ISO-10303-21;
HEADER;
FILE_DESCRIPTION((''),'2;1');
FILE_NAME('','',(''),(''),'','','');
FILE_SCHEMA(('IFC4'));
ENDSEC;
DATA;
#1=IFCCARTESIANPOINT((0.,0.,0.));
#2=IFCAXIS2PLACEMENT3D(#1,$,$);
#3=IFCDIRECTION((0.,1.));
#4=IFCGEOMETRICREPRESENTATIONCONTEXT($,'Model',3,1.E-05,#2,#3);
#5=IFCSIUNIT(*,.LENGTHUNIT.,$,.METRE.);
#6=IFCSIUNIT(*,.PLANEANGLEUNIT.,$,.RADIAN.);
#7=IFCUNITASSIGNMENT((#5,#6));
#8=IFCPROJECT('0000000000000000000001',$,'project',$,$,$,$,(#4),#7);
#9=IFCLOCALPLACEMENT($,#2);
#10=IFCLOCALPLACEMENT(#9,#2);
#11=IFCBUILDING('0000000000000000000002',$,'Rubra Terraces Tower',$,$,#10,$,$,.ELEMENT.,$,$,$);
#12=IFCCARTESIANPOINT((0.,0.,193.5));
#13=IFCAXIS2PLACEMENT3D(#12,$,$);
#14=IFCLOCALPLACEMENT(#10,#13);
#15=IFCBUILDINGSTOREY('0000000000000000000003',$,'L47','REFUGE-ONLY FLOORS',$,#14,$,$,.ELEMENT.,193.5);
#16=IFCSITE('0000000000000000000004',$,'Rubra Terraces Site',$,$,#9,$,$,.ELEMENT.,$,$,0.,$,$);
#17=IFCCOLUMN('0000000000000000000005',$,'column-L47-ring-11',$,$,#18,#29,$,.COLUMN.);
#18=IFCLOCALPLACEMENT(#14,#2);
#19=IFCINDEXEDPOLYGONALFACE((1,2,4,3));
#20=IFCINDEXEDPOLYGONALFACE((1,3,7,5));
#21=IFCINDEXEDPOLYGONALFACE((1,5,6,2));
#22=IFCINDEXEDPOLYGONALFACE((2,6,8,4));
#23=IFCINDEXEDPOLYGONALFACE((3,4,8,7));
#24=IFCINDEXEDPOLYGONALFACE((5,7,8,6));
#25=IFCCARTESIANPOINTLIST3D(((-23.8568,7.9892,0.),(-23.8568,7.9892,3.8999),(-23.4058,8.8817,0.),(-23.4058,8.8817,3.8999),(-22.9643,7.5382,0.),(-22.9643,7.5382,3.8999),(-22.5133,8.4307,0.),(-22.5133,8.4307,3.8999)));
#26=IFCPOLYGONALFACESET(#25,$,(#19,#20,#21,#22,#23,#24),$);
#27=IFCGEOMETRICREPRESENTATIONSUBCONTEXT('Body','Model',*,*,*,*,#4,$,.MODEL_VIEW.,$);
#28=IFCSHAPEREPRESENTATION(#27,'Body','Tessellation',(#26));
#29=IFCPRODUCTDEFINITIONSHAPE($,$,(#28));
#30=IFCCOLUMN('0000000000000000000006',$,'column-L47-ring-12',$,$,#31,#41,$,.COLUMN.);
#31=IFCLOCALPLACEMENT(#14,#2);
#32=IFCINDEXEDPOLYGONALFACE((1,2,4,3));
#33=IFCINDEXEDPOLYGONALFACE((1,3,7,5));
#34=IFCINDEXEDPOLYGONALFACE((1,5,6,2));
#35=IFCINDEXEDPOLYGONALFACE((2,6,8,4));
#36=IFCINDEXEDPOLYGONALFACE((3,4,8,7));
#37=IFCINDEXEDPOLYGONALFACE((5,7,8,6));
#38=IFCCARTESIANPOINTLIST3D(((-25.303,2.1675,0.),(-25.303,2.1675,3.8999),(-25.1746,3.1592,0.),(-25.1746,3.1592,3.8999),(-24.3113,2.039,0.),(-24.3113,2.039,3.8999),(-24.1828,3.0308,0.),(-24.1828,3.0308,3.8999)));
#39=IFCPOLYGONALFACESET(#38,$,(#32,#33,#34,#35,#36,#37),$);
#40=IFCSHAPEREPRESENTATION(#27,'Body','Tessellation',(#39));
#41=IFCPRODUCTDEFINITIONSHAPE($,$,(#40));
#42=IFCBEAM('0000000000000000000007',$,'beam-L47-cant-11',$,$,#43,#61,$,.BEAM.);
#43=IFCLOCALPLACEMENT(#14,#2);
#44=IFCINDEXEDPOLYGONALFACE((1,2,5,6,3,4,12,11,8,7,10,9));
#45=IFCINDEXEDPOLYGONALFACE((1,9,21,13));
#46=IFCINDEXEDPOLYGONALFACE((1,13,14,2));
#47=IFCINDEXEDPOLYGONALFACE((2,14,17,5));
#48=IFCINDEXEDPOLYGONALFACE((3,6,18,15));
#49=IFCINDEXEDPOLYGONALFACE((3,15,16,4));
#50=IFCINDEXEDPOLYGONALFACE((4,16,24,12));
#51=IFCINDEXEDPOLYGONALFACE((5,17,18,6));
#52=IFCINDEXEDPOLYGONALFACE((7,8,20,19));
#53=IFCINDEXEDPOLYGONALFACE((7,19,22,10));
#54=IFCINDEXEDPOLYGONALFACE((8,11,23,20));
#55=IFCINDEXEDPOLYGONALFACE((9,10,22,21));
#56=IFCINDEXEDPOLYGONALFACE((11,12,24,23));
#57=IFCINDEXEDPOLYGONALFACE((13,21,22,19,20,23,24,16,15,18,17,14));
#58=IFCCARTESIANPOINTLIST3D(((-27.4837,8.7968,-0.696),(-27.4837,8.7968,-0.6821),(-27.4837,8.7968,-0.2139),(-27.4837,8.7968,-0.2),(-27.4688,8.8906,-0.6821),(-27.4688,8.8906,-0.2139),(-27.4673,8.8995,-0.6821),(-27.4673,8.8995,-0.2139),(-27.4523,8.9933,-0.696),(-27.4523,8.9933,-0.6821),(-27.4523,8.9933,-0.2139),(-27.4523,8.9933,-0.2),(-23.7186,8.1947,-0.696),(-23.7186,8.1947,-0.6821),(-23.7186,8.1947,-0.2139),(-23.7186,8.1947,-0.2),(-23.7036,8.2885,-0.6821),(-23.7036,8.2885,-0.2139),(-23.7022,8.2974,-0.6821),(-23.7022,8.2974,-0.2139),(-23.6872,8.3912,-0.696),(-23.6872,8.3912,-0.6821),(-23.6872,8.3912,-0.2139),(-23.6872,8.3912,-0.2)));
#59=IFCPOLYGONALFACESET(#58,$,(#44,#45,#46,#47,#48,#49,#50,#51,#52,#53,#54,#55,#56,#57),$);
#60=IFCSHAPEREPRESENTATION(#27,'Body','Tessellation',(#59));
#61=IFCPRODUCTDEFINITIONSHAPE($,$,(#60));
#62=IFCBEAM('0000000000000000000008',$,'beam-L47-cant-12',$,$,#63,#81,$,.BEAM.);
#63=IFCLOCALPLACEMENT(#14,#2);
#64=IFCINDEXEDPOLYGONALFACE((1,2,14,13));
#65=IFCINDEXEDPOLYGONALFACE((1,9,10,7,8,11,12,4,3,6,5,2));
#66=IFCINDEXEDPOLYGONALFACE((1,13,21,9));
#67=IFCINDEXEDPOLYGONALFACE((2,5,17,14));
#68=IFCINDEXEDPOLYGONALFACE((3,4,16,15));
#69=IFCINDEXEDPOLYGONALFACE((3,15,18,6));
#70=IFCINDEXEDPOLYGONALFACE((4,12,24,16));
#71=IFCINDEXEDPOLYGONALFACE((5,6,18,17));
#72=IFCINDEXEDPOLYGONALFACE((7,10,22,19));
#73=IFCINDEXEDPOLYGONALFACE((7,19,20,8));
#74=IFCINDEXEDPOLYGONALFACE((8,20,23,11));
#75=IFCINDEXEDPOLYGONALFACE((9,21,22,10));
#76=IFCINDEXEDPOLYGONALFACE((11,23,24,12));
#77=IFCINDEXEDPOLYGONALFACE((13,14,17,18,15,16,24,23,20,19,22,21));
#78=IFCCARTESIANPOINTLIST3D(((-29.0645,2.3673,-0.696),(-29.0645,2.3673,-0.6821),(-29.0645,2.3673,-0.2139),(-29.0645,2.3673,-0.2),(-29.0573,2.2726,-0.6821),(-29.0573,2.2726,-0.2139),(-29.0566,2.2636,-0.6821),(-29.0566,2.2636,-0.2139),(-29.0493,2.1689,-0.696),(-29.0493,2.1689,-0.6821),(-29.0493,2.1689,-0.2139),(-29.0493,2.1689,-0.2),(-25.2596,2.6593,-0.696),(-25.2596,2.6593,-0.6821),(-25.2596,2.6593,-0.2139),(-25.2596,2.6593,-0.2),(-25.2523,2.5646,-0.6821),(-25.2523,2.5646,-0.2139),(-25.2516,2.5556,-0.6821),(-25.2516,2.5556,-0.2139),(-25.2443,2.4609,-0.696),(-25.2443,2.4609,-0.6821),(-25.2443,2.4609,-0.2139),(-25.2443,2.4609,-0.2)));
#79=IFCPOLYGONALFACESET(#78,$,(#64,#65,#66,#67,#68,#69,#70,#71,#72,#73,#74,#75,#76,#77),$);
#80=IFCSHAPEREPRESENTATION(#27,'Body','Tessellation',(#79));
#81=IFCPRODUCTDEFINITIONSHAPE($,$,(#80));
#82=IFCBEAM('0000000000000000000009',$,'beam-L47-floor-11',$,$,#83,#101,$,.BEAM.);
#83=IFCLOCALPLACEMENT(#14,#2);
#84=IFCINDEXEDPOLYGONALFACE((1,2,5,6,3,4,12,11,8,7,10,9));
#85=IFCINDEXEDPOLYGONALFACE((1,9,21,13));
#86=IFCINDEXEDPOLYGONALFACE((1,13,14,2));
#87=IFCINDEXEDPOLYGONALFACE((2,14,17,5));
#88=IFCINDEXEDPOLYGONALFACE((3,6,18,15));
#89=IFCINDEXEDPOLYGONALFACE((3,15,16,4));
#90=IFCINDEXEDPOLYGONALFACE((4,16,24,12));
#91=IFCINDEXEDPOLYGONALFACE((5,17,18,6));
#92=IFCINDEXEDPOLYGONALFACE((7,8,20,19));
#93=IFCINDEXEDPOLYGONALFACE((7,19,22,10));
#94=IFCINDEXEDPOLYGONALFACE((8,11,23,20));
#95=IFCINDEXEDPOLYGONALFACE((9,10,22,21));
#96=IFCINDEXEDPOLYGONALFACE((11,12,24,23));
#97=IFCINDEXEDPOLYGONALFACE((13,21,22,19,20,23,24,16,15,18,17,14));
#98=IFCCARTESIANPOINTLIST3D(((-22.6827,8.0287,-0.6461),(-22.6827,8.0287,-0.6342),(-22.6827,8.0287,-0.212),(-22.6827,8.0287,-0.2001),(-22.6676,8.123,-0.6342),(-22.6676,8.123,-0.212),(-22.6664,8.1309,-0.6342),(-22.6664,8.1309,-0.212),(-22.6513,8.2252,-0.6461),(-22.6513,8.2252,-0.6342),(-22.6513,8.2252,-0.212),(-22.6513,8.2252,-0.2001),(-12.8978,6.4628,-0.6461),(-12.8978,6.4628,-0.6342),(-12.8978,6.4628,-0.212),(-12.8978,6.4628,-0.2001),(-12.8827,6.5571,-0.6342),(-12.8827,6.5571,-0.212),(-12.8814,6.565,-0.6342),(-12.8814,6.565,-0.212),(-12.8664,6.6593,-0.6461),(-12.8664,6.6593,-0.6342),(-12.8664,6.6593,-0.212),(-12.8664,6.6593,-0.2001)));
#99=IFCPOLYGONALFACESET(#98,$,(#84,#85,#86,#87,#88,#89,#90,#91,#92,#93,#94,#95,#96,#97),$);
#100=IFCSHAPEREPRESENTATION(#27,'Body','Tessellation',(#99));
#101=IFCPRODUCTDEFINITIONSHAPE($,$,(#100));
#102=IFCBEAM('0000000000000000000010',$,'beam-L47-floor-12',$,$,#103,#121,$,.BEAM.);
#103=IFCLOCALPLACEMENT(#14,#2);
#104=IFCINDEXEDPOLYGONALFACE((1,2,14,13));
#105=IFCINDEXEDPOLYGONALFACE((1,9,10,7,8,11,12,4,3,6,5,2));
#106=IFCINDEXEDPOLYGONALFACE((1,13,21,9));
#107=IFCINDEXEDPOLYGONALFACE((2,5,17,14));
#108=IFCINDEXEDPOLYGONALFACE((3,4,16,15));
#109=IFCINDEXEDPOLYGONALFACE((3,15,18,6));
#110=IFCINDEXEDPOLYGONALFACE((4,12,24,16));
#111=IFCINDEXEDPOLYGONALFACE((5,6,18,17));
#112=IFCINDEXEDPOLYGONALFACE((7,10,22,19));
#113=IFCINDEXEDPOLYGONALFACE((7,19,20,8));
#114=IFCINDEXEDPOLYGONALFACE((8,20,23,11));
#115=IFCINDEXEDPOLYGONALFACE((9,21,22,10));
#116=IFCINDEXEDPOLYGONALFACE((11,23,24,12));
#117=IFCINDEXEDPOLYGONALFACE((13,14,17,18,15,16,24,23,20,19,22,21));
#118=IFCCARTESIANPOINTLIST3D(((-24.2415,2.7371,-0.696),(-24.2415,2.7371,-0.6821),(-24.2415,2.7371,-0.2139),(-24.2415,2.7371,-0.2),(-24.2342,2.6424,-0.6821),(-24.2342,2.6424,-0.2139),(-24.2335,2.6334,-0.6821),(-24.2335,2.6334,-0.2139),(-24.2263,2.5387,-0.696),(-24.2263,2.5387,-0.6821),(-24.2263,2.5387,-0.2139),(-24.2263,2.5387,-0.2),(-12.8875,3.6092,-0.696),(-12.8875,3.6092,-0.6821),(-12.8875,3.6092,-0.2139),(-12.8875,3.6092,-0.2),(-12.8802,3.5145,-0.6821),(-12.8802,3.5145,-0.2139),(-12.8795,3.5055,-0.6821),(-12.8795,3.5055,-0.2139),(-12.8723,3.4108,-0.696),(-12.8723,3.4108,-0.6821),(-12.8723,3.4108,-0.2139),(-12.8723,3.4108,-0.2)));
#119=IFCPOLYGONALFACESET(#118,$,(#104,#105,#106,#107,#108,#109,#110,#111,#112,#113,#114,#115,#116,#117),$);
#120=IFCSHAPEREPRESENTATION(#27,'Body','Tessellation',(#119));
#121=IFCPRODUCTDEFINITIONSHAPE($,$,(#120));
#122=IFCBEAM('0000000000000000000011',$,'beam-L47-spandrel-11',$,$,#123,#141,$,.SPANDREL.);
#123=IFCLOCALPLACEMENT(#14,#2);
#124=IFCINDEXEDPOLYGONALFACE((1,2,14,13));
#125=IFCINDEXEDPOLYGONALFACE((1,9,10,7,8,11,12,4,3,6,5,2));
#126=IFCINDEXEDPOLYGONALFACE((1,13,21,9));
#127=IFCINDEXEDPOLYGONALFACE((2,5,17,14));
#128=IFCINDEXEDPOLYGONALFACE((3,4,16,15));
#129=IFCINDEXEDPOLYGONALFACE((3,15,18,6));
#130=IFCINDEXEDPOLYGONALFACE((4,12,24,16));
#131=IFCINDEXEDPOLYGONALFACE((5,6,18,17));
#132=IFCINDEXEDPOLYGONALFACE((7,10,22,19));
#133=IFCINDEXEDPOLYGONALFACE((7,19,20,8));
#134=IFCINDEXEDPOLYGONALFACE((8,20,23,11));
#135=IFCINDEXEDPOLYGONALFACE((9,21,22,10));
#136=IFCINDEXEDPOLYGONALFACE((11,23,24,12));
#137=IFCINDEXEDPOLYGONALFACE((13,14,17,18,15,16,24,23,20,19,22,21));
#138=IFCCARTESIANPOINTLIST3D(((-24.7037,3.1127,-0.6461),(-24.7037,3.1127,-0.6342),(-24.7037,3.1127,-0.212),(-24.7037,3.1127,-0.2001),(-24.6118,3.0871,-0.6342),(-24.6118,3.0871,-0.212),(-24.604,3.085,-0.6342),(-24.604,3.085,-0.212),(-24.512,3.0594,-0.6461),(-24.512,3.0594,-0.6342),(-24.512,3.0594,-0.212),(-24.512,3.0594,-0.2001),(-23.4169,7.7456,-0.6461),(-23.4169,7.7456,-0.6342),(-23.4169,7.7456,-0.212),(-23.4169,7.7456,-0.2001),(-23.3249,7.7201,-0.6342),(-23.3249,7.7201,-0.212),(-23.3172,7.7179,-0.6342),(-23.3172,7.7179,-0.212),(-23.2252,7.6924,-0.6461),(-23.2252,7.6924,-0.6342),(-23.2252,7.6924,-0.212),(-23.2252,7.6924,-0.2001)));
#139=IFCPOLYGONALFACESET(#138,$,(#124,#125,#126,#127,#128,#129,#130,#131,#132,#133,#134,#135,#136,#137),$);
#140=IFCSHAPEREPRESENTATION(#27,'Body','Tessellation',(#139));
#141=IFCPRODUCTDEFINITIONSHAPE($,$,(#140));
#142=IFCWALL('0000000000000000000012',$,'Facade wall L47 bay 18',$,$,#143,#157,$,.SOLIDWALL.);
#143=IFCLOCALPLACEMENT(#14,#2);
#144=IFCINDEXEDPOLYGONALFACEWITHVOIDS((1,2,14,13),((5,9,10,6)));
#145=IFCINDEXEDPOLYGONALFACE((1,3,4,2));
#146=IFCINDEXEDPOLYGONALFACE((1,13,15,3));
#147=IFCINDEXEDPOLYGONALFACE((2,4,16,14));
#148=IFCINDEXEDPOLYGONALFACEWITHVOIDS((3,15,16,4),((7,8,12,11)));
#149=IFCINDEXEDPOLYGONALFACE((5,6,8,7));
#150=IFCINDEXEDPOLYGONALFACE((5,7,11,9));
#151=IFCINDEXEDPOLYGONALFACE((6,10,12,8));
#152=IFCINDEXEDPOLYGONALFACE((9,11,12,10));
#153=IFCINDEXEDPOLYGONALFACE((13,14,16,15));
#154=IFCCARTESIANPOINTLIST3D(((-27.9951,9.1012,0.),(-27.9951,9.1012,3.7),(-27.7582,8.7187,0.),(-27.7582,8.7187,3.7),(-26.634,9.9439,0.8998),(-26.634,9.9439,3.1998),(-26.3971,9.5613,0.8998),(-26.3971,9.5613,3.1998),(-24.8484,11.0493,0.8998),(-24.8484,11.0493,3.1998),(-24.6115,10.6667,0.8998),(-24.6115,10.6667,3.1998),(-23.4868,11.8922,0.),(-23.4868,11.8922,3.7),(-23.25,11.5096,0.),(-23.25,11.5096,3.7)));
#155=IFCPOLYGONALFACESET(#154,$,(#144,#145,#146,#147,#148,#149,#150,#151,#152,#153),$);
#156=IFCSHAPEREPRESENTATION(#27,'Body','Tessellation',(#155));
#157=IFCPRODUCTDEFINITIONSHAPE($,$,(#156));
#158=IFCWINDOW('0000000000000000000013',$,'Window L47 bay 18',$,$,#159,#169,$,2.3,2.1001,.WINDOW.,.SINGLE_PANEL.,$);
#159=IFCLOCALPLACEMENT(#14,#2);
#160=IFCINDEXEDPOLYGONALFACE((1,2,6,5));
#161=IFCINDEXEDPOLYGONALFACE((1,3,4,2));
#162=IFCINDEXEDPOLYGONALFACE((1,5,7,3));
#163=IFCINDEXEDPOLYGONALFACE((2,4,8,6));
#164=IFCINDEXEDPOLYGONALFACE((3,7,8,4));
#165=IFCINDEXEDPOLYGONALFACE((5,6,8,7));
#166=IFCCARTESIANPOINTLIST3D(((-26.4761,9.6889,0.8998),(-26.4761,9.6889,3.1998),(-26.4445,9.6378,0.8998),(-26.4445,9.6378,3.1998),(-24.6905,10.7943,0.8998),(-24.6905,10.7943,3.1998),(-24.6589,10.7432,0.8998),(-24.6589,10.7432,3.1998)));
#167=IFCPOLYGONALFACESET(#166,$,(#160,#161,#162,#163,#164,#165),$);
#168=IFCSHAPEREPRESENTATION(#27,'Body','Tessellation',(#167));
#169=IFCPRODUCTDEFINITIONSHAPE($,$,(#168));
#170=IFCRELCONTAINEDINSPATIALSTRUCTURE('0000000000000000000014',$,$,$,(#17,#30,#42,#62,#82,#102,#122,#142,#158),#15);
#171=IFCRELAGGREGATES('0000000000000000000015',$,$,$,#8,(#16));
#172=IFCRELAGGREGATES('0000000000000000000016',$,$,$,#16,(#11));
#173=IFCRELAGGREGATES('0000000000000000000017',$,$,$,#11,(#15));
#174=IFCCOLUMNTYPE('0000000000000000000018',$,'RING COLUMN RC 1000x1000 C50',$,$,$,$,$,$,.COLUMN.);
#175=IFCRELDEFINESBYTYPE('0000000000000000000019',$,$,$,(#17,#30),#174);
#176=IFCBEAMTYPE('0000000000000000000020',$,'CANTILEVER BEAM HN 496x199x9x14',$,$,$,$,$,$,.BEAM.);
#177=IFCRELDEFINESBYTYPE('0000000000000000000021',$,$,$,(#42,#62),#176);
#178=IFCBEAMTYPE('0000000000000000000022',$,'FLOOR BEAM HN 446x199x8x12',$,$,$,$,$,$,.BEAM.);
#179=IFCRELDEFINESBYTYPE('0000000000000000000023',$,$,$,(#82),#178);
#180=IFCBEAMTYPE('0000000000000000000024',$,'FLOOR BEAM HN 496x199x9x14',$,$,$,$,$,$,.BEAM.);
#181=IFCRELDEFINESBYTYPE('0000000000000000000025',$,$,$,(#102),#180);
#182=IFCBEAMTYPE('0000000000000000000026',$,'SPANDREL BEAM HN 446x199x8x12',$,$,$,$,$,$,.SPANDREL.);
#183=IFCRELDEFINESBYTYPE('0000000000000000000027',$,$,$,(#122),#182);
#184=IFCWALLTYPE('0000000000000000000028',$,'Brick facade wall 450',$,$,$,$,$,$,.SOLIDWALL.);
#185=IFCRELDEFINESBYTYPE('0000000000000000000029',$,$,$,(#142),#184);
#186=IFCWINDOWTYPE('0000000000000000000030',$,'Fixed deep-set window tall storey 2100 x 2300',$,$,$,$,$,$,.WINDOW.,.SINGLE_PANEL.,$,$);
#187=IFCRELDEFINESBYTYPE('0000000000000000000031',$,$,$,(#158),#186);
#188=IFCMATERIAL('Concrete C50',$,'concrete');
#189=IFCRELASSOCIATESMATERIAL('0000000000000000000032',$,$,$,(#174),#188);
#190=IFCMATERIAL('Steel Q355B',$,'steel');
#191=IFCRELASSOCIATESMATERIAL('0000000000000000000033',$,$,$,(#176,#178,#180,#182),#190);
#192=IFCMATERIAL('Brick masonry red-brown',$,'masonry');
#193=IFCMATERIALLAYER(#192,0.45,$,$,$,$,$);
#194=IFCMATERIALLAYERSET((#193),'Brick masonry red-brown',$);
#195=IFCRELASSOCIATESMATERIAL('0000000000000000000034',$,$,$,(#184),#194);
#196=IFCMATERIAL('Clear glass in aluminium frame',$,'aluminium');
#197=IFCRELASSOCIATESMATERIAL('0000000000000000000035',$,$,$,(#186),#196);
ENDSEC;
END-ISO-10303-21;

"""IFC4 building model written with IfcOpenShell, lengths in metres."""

from ifc_helpers import new_model, si_unit, direction, frame, frame_2d, origin, origin_2d, place, context, subcontext, project, spatial, rectangle, i_section, extrude, material, layer, layer_set, material_profile, profile_set, type_object, element, fill, save


model = new_model("IFC4")

# Units and contexts
model_context = context("Model", 3, precision=1e-05, world=origin(), true_north=direction((0.0, 1.0)))
body_context = subcontext(model_context, "Body", "Model", "MODEL_VIEW")
ifc_project = project(units=[si_unit("LENGTHUNIT", "METRE"), si_unit("PLANEANGLEUNIT", "RADIAN")], contexts=[model_context])

# Site, building, storey
site_placement = place(None, origin())
site = spatial("IfcSite", under=ifc_project, at=site_placement, Name="Rubra Terraces Site", CompositionType="ELEMENT", RefElevation=0.0)
building_placement = place(site_placement, origin())
building = spatial("IfcBuilding", under=site, at=building_placement, Name="Rubra Terraces Tower", CompositionType="ELEMENT")
storey_placement = place(building_placement, frame((0.0, 0.0, 193.5)))
storey = spatial("IfcBuildingStorey", under=building, at=storey_placement, Name="L47", Description="REFUGE-ONLY FLOORS", CompositionType="ELEMENT", Elevation=193.5)

# Columns
ifc_material_1 = material(Name="Concrete C50", Category="concrete")
ifc_material_profile_1 = material_profile(ifc_material_1, rectangle(XDim=1.0, YDim=1.0, at=origin_2d()), Name="RC 1000x1000")
ifc_profile_set_1 = profile_set([ifc_material_profile_1], Name="Concrete C50")
column_type = type_object("IfcColumnType", Name="RING COLUMN RC 1000x1000 C50", PredefinedType="COLUMN", material=ifc_profile_set_1)
for number, where, z_axis, x_axis, name in (
    (1, (-23.1851, 8.21, 0.0), (0.0, 0.0, 1.0), (-0.451028, -0.89251, 0.0), "column-L47-ring-11"),
    (2, (-24.7429, 2.5991, 0.0), (0.0, 0.0, 1.0), (-0.128444, -0.991717, 0.0), "column-L47-ring-12"),
):
    element("IfcColumn", number, at=place(storey_placement, frame(where, z_axis=z_axis, x_axis=x_axis)), inside=storey, type_object=column_type, Name=name, PredefinedType="COLUMN", context=body_context, shape_type="SweptSolid", body=[
        extrude(rectangle(XDim=1.0, YDim=1.0, at=origin_2d()), origin(), (0.0, 0.0, 1.0), 3.8999),
    ])

# Beams
ifc_material_2 = material(Name="Steel Q355B", Category="steel")
ifc_material_profile_2 = material_profile(ifc_material_2, i_section(OverallWidth=0.199, OverallDepth=0.4961, WebThickness=0.009, FlangeThickness=0.0139, at=origin_2d()), Name="HN 496x199x9x14")
ifc_profile_set_2 = profile_set([ifc_material_profile_2], Name="Steel Q355B")
beam_type_1 = type_object("IfcBeamType", Name="CANTILEVER BEAM HN 496x199x9x14", PredefinedType="BEAM", material=ifc_profile_set_2)
beam_1_placement = place(storey_placement, frame((-23.7029, 8.293, -0.448), z_axis=(-0.987456, 0.157896, 0.0), x_axis=(-0.157896, -0.987456, 0.0)))
element("IfcBeam", 3, at=beam_1_placement, inside=storey, type_object=beam_type_1, Name="beam-L47-cant-11", PredefinedType="BEAM", context=body_context, shape_type="SweptSolid", body=[
    extrude(i_section(OverallWidth=0.199, OverallDepth=0.4961, WebThickness=0.009, FlangeThickness=0.0139, at=origin_2d()), origin(), (0.0, 0.0, 1.0), 3.813),
])
beam_2_placement = place(storey_placement, frame((-25.252, 2.5601, -0.448), z_axis=(-0.997068, -0.076515, 0.0), x_axis=(0.076515, -0.997068, 0.0)))
element("IfcBeam", 4, at=beam_2_placement, inside=storey, type_object=beam_type_1, Name="beam-L47-cant-12", PredefinedType="BEAM", context=body_context, shape_type="SweptSolid", body=[
    extrude(i_section(OverallWidth=0.199, OverallDepth=0.4961, WebThickness=0.009, FlangeThickness=0.0139, at=origin_2d()), origin(), (0.0, 0.0, 1.0), 3.8162),
])
ifc_material_profile_3 = material_profile(ifc_material_2, i_section(OverallWidth=0.199, OverallDepth=0.446, WebThickness=0.0081, FlangeThickness=0.012, at=origin_2d()), Name="HN 446x199x8x12")
ifc_profile_set_3 = profile_set([ifc_material_profile_3], Name="Steel Q355B")
beam_type_2 = type_object("IfcBeamType", Name="FLOOR BEAM HN 446x199x8x12", PredefinedType="BEAM", material=ifc_profile_set_3)
beam_3_placement = place(storey_placement, frame((-22.667, 8.127, -0.4231), z_axis=(0.987435, -0.158023, 0.0), x_axis=(0.158023, 0.987435, 0.0)))
element("IfcBeam", 5, at=beam_3_placement, inside=storey, type_object=beam_type_2, Name="beam-L47-floor-11", PredefinedType="BEAM", context=body_context, shape_type="SweptSolid", body=[
    extrude(i_section(OverallWidth=0.199, OverallDepth=0.446, WebThickness=0.0081, FlangeThickness=0.012, at=origin_2d()), origin(), (0.0, 0.0, 1.0), 9.9094),
])
ifc_material_profile_4 = material_profile(ifc_material_2, i_section(OverallWidth=0.199, OverallDepth=0.4961, WebThickness=0.009, FlangeThickness=0.0139, at=origin_2d()), Name="HN 496x199x9x14")
ifc_profile_set_4 = profile_set([ifc_material_profile_4], Name="Steel Q355B")
beam_type_3 = type_object("IfcBeamType", Name="FLOOR BEAM HN 496x199x9x14", PredefinedType="BEAM", material=ifc_profile_set_4)
beam_4_placement = place(storey_placement, frame((-24.2339, 2.6379, -0.448), z_axis=(0.997063, 0.076582, 0.0), x_axis=(-0.076582, 0.997063, 0.0)))
element("IfcBeam", 6, at=beam_4_placement, inside=storey, type_object=beam_type_3, Name="beam-L47-floor-12", PredefinedType="BEAM", context=body_context, shape_type="SweptSolid", body=[
    extrude(i_section(OverallWidth=0.199, OverallDepth=0.4961, WebThickness=0.009, FlangeThickness=0.0139, at=origin_2d()), origin(), (0.0, 0.0, 1.0), 11.3875),
])
ifc_material_profile_5 = material_profile(ifc_material_2, i_section(OverallWidth=0.199, OverallDepth=0.446, WebThickness=0.0081, FlangeThickness=0.012, at=origin_2d()), Name="HN 446x199x8x12")
ifc_profile_set_5 = profile_set([ifc_material_profile_5], Name="Steel Q355B")
beam_type_4 = type_object("IfcBeamType", Name="SPANDREL BEAM HN 446x199x8x12", PredefinedType="SPANDREL", material=ifc_profile_set_5)
beam_5_placement = place(storey_placement, frame((-23.321, 7.719, -0.4231), z_axis=(-0.267626, -0.963523, 0.0), x_axis=(0.963523, -0.267626, 0.0)))
element("IfcBeam", 7, at=beam_5_placement, inside=storey, type_object=beam_type_4, Name="beam-L47-spandrel-11", PredefinedType="SPANDREL", context=body_context, shape_type="SweptSolid", body=[
    extrude(i_section(OverallWidth=0.199, OverallDepth=0.446, WebThickness=0.0081, FlangeThickness=0.012, at=origin_2d()), origin(), (0.0, 0.0, 1.0), 4.8083),
])

# Wall, opening, window
ifc_material_3 = material(Name="Brick masonry red-brown", Category="masonry")
ifc_layer_1 = layer(ifc_material_3, 0.45)
ifc_layer_set_1 = layer_set([ifc_layer_1], Name="Brick masonry red-brown")
wall_type_1 = type_object("IfcWallType", Name="Brick facade wall 450", PredefinedType="SOLIDWALL", material=ifc_layer_set_1)
wall_1_placement = place(storey_placement, frame((-23.3684, 11.7009, 0.0), z_axis=(0.0, 0.0, 1.0), x_axis=(-0.850251, -0.526377, 0.0)))
wall_1 = element("IfcWall", 8, at=wall_1_placement, inside=storey, type_object=wall_type_1, Name="Facade wall L47 bay 18", PredefinedType="SOLIDWALL", context=body_context, shape_type="SweptSolid", body=[
    extrude(rectangle(XDim=5.3022, YDim=0.45, at=frame_2d((2.6511, 0.0))), origin(), (0.0, 0.0, 1.0), 3.7),
])
opening_1_placement = place(wall_1_placement, frame((1.6013, 0.0, 0.8999)))
opening_1 = element("IfcOpeningElement", 9, at=opening_1_placement, cuts=wall_1, PredefinedType="OPENING", context=body_context, shape_type="SweptSolid", body=[
    extrude(rectangle(XDim=2.1001, YDim=2.3, at=frame_2d((1.05, 1.1499))), frame((0.0, 0.2349, 0.0), z_axis=(0.0, -1.0, 0.0), x_axis=(1.0, 0.0, 0.0)), (0.0, 0.0, 1.0), 0.47),
])
ifc_material_4 = material(Name="Clear glass in aluminium frame", Category="aluminium")
window_type = type_object("IfcWindowType", Name="Fixed deep-set window tall storey 2100 x 2300", PartitioningType="SINGLE_PANEL", PredefinedType="WINDOW", material=ifc_material_4)
window_1_placement = place(opening_1_placement, origin())
window_1 = element("IfcWindow", 10, at=window_1_placement, inside=storey, type_object=window_type, Name="Window L47 bay 18", OverallHeight=2.3, OverallWidth=2.1001, PartitioningType="SINGLE_PANEL", PredefinedType="WINDOW", context=body_context, shape_type="SweptSolid", body=[
    extrude(rectangle(XDim=2.1001, YDim=2.3, at=frame_2d((1.05, 1.1499))), frame((0.0, 0.135, 0.0), z_axis=(0.0, -1.0, 0.0), x_axis=(1.0, 0.0, 0.0)), (0.0, 0.0, 1.0), 0.0601),
])
fill(opening_1, window_1)

save(model, "model.ifc")
